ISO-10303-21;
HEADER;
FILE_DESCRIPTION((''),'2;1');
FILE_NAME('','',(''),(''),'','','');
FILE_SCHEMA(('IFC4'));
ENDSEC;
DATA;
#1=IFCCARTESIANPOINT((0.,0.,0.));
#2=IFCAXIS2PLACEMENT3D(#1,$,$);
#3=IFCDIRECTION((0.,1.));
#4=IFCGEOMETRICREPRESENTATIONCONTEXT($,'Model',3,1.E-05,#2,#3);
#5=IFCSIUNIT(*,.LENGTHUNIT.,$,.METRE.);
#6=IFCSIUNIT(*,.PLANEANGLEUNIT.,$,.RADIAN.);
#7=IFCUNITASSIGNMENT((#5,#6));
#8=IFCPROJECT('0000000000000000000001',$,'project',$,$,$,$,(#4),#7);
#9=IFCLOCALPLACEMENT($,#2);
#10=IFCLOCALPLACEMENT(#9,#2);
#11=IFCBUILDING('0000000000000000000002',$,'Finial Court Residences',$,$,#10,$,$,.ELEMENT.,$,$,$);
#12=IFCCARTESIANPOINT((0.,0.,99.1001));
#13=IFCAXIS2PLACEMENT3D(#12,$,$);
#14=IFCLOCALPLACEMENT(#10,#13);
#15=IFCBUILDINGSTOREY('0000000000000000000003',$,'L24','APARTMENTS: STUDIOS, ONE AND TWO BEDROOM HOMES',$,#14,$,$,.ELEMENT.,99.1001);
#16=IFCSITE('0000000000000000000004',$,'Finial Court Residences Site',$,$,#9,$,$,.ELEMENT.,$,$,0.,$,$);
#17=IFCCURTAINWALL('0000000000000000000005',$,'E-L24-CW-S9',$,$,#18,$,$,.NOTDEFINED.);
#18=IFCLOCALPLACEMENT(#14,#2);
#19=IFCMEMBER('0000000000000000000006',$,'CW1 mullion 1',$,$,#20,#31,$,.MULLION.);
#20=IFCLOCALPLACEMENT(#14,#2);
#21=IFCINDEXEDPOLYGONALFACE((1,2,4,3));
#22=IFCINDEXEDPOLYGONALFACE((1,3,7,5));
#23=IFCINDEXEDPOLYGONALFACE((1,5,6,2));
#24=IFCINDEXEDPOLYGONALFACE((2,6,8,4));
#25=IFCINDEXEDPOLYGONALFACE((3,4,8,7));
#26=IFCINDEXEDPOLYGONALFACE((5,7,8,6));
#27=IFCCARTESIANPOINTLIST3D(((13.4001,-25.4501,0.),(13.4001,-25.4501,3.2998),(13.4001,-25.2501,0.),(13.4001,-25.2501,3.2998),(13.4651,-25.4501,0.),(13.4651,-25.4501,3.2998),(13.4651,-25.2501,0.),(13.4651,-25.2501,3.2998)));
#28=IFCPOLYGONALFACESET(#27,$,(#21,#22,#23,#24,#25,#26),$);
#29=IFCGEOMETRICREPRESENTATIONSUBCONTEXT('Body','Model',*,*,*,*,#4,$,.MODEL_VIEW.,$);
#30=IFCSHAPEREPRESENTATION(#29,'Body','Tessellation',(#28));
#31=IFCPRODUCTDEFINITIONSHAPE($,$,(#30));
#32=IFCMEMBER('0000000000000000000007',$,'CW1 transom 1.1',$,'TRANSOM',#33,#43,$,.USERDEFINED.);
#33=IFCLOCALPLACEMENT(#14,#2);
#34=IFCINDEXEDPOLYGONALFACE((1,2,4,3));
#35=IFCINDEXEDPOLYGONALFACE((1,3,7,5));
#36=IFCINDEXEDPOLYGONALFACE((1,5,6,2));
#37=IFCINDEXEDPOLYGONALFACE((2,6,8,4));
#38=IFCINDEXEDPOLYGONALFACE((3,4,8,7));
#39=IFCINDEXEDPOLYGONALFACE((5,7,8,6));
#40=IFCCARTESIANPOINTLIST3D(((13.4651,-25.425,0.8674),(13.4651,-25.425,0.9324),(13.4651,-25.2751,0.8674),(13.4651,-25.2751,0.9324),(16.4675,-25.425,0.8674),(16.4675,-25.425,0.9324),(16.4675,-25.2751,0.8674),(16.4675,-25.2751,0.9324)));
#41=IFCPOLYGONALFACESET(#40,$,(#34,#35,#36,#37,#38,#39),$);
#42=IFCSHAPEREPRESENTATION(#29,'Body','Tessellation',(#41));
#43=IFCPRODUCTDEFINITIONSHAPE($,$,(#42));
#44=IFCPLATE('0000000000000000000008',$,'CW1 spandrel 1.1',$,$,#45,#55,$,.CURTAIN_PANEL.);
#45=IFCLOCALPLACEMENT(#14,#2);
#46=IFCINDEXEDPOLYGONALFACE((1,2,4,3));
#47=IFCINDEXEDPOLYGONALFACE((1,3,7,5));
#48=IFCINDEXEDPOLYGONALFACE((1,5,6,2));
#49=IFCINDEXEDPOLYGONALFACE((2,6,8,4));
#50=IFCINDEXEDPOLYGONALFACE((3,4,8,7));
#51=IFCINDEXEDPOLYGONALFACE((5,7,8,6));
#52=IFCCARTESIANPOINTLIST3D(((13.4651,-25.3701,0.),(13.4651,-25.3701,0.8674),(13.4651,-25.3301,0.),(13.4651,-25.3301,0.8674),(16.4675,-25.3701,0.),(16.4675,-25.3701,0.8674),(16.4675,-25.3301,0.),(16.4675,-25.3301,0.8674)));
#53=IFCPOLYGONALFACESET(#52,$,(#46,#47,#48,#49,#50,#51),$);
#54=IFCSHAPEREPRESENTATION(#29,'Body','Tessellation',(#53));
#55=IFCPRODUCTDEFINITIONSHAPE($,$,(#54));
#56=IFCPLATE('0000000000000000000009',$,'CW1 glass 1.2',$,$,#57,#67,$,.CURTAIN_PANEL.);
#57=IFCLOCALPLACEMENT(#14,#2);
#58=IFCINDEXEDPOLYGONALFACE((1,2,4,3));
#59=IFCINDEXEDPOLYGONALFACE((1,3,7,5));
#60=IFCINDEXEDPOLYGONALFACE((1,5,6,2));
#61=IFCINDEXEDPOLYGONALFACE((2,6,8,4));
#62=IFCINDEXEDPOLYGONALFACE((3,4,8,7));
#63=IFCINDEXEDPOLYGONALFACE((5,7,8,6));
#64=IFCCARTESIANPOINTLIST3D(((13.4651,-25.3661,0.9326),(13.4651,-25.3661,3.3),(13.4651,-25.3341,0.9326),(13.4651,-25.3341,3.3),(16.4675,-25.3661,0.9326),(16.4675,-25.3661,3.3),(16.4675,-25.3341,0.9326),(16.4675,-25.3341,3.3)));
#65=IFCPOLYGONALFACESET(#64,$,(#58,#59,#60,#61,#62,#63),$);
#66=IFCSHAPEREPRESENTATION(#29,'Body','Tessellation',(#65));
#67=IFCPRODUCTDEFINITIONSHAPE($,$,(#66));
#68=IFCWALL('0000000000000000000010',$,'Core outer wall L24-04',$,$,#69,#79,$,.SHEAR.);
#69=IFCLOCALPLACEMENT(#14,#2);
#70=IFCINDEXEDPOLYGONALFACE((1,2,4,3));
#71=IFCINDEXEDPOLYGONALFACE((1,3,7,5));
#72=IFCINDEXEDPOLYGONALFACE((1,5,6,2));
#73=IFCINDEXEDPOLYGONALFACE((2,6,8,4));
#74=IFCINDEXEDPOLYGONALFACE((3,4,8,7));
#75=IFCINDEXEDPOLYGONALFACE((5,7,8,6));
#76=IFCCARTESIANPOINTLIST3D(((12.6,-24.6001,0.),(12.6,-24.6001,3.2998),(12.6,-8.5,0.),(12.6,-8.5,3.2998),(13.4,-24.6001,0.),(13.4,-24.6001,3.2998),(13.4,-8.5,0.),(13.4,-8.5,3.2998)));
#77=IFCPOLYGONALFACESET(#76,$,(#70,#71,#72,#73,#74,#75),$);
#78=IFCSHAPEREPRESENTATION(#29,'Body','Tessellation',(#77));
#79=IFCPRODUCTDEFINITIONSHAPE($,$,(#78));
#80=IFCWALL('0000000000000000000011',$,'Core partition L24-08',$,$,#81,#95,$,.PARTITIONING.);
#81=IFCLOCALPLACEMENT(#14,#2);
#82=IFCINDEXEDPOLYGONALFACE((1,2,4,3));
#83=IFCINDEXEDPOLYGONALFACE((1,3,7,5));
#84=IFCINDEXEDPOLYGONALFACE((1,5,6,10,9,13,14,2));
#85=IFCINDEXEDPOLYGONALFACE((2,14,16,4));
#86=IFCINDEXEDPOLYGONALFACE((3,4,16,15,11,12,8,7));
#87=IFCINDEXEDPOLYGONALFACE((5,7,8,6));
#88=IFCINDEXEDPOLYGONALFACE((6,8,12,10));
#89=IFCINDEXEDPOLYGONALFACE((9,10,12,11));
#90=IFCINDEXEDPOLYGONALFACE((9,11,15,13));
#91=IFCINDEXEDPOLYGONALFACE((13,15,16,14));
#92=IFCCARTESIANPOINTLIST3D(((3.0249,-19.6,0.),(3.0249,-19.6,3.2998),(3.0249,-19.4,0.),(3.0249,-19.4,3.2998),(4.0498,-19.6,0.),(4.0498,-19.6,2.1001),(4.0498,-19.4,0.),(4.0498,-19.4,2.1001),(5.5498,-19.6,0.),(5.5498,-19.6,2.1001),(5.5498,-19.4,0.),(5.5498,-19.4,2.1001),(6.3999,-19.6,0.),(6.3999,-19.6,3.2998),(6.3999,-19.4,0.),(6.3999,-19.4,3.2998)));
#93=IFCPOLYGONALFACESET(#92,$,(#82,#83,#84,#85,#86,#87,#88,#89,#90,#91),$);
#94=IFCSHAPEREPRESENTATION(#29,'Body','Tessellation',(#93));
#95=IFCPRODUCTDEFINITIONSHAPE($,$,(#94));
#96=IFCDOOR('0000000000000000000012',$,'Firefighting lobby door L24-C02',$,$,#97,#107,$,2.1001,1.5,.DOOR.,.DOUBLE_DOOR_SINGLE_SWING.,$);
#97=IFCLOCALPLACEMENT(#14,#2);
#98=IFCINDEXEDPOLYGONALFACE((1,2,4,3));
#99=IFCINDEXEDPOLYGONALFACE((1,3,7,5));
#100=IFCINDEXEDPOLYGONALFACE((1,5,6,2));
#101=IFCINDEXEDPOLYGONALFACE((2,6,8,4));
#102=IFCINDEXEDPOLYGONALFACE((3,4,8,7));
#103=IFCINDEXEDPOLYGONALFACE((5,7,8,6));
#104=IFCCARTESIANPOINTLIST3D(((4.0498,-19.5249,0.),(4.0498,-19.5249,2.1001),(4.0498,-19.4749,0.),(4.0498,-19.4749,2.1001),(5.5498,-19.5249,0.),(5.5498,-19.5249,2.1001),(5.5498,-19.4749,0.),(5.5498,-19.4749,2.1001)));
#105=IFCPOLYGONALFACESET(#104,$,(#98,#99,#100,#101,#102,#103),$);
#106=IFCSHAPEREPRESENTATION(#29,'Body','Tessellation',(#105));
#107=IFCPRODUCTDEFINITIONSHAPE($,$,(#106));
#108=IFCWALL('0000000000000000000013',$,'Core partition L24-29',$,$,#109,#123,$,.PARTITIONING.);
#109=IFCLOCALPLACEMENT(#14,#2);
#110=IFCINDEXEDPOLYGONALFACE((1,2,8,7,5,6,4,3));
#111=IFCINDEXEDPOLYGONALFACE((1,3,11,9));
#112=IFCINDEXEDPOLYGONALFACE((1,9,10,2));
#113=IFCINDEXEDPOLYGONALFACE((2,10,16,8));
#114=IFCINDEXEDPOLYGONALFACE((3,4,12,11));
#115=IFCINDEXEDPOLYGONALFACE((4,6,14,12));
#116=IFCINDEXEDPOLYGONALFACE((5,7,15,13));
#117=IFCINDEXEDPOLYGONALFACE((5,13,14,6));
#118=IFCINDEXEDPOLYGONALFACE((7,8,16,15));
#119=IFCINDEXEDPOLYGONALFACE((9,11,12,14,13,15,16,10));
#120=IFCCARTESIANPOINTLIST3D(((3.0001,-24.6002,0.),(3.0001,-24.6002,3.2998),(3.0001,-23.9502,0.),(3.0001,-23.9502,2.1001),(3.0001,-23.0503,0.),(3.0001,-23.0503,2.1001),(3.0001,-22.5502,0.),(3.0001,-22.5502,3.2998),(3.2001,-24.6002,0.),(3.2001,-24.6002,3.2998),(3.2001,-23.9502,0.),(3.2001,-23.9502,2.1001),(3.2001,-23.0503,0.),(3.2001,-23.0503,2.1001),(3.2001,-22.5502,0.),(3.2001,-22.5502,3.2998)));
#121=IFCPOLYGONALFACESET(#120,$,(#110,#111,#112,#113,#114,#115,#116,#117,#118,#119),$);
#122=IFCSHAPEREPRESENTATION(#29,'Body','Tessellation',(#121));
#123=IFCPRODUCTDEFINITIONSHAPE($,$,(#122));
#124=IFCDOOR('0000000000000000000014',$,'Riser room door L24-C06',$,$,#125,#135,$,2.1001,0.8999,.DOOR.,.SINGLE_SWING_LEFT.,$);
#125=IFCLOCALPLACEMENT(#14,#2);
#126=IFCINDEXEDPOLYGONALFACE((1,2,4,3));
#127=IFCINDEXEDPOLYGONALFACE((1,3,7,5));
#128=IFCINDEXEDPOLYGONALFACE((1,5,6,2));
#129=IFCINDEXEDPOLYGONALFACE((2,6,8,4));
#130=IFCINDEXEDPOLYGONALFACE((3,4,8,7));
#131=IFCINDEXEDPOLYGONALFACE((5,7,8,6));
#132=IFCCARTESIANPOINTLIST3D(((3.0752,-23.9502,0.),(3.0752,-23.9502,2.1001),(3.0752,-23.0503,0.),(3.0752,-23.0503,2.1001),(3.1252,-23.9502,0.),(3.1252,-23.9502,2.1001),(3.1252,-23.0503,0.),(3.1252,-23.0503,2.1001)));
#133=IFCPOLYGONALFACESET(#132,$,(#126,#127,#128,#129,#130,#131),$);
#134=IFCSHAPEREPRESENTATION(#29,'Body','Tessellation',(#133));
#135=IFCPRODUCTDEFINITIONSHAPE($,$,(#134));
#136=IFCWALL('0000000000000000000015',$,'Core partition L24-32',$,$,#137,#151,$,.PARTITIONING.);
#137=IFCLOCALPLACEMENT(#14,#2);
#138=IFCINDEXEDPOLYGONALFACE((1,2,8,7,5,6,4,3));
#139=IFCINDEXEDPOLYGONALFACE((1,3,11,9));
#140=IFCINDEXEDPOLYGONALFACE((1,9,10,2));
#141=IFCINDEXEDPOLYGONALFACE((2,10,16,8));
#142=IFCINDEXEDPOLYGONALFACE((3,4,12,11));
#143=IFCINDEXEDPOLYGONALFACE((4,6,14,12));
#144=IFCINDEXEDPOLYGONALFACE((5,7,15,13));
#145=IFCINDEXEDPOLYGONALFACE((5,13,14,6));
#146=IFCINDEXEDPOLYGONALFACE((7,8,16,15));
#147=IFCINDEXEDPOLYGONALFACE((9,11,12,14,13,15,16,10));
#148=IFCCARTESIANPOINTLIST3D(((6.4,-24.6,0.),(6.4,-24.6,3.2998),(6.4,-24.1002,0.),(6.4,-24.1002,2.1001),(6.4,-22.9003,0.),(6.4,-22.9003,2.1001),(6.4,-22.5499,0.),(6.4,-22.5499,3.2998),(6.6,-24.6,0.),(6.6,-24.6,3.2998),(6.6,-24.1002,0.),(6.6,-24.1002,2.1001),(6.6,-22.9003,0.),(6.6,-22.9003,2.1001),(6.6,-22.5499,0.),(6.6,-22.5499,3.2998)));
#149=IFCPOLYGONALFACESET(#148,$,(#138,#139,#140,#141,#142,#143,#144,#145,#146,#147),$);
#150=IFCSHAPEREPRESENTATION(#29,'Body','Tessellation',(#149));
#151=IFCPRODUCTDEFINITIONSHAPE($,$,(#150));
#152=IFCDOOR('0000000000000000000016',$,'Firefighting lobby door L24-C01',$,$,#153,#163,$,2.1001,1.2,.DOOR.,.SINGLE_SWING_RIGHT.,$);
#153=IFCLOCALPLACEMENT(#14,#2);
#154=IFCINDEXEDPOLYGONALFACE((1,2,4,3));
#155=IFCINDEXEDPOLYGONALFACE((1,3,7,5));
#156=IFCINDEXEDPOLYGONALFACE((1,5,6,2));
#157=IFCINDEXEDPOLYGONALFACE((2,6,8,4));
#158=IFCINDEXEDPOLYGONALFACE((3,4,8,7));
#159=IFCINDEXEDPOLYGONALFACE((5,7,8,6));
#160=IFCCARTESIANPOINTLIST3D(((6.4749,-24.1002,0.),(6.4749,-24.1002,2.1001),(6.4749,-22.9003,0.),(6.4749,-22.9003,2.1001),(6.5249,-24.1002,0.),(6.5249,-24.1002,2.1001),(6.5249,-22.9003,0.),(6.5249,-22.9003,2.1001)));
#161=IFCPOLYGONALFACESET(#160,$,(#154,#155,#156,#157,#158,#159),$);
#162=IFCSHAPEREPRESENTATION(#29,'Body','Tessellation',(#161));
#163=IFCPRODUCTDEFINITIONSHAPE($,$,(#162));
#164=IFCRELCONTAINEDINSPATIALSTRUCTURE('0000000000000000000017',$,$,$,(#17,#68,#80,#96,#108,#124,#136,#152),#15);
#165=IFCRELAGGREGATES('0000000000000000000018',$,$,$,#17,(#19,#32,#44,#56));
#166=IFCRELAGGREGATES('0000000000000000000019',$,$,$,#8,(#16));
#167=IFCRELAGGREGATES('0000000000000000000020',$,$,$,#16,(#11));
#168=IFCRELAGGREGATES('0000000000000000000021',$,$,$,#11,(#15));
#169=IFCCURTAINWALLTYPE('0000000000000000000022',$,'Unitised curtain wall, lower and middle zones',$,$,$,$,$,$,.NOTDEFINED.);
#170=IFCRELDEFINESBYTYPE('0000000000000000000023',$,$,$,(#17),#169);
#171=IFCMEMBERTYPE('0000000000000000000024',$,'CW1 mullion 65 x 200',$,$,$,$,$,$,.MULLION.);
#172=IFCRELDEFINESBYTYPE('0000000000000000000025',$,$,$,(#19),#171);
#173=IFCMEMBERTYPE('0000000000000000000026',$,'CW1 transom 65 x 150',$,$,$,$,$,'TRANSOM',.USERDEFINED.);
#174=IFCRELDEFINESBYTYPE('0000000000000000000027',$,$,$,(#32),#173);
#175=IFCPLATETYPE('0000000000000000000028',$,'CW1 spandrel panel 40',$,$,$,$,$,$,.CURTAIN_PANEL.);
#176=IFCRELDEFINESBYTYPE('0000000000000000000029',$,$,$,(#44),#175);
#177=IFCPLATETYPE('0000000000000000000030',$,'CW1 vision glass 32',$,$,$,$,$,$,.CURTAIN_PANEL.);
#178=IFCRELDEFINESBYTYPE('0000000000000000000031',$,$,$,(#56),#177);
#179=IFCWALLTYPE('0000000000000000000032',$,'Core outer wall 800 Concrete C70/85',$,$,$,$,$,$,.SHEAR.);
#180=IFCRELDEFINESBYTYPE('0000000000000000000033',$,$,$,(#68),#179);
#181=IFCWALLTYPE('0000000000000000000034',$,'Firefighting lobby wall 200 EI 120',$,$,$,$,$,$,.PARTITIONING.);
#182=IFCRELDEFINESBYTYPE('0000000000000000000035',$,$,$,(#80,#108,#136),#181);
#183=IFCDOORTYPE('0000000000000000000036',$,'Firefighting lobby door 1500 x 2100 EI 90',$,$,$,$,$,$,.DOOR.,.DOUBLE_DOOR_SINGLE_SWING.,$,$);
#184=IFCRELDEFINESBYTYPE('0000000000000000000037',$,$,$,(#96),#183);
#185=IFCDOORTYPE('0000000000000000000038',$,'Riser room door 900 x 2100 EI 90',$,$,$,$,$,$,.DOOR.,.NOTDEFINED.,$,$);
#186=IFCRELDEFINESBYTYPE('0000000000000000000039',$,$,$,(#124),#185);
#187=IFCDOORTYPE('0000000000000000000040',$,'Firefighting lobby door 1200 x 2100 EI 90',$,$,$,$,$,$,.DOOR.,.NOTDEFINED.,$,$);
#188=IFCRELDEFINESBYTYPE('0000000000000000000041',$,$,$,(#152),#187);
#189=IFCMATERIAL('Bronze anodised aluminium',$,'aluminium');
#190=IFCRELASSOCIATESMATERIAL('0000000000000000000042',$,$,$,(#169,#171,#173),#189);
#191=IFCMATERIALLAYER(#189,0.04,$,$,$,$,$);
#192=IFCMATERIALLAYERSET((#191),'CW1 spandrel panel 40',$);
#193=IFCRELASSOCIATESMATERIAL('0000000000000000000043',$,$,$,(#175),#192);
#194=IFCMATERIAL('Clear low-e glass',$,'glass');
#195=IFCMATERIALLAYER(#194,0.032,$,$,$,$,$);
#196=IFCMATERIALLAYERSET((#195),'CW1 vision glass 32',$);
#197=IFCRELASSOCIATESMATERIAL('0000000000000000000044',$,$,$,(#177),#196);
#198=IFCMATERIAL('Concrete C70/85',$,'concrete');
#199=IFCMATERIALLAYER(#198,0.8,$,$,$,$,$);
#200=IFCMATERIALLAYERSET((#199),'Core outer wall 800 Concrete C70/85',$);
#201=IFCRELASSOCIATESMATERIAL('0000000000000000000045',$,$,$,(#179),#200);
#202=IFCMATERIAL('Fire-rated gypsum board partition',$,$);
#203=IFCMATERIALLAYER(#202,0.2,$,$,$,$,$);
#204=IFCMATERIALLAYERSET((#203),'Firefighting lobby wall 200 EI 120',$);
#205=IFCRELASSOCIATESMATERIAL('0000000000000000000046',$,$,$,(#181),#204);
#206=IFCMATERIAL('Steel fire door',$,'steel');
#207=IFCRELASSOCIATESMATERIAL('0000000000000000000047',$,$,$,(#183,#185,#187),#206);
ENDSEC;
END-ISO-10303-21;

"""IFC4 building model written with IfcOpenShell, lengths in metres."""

from ifc_helpers import new_model, si_unit, direction, frame, frame_2d, origin, origin_2d, place, context, subcontext, project, spatial, rectangle, extrude, material, layer, layer_set, material_profile, profile_set, type_object, element, fill, aggregate, save


model = new_model("IFC4")

# Units and contexts
model_context = context("Model", 3, precision=1e-05, world=origin(), true_north=direction((0.0, 1.0)))
body_context = subcontext(model_context, "Body", "Model", "MODEL_VIEW")
ifc_project = project(units=[si_unit("LENGTHUNIT", "METRE"), si_unit("PLANEANGLEUNIT", "RADIAN")], contexts=[model_context])

# Site, building, storey
site_placement = place(None, origin())
site = spatial("IfcSite", under=ifc_project, at=site_placement, Name="Finial Court Residences Site", CompositionType="ELEMENT", RefElevation=0.0)
building_placement = place(site_placement, origin())
building = spatial("IfcBuilding", under=site, at=building_placement, Name="Finial Court Residences", CompositionType="ELEMENT")
storey_placement = place(building_placement, frame((0.0, 0.0, 99.1001)))
storey = spatial("IfcBuildingStorey", under=building, at=storey_placement, Name="L24", Description="APARTMENTS: STUDIOS, ONE AND TWO BEDROOM HOMES", CompositionType="ELEMENT", Elevation=99.1001)

# Curtain wall, members, plates
ifc_material_1 = material(Name="Bronze anodised aluminium", Category="aluminium")
curtain_wall_type = type_object("IfcCurtainWallType", Name="Unitised curtain wall, lower and middle zones", PredefinedType="NOTDEFINED", material=ifc_material_1)
curtain_wall_placement = place(storey_placement, origin())
curtain_wall = element("IfcCurtainWall", 1, at=curtain_wall_placement, inside=storey, type_object=curtain_wall_type, Name="E-L24-CW-S9", PredefinedType="NOTDEFINED")
ifc_material_profile_1 = material_profile(ifc_material_1, rectangle(XDim=0.2, YDim=0.0649, at=origin_2d()), Name="CW1 mullion 65 x 200")
ifc_profile_set_1 = profile_set([ifc_material_profile_1], Name="Bronze anodised aluminium")
member_type_1 = type_object("IfcMemberType", Name="CW1 mullion 65 x 200", PredefinedType="MULLION", material=ifc_profile_set_1)
member_1_placement = place(storey_placement, frame((13.4326, -25.3501, 0.0), z_axis=(0.0, 0.0, 1.0), x_axis=(0.0, 1.0, 0.0)))
member_1 = element("IfcMember", 2, at=member_1_placement, type_object=member_type_1, Name="CW1 mullion 1", PredefinedType="MULLION", context=body_context, shape_type="SweptSolid", body=[
    extrude(rectangle(XDim=0.2, YDim=0.0649, at=origin_2d()), origin(), (0.0, 0.0, 1.0), 3.2998),
])
ifc_material_profile_2 = material_profile(ifc_material_1, rectangle(XDim=0.1499, YDim=0.0649, at=origin_2d()), Name="CW1 transom 65 x 150")
ifc_profile_set_2 = profile_set([ifc_material_profile_2], Name="Bronze anodised aluminium")
member_type_2 = type_object("IfcMemberType", Name="CW1 transom 65 x 150", ElementType="TRANSOM", PredefinedType="USERDEFINED", material=ifc_profile_set_2)
member_2_placement = place(storey_placement, frame((13.4651, -25.3501, 0.8999), z_axis=(1.0, 0.0, 0.0), x_axis=(0.0, 1.0, 0.0)))
member_2 = element("IfcMember", 3, at=member_2_placement, type_object=member_type_2, Name="CW1 transom 1.1", ObjectType="TRANSOM", PredefinedType="USERDEFINED", context=body_context, shape_type="SweptSolid", body=[
    extrude(rectangle(XDim=0.1499, YDim=0.0649, at=origin_2d()), origin(), (0.0, 0.0, 1.0), 3.0024),
])
ifc_layer_1 = layer(ifc_material_1, 0.04)
ifc_layer_set_1 = layer_set([ifc_layer_1], Name="CW1 spandrel panel 40")
plate_type_1 = type_object("IfcPlateType", Name="CW1 spandrel panel 40", PredefinedType="CURTAIN_PANEL", material=ifc_layer_set_1)
plate_1_placement = place(storey_placement, frame((14.9663, -25.3501, 0.0), z_axis=(0.0, 0.0, 1.0), x_axis=(1.0, 0.0, 0.0)))
plate_1 = element("IfcPlate", 4, at=plate_1_placement, type_object=plate_type_1, Name="CW1 spandrel 1.1", PredefinedType="CURTAIN_PANEL", context=body_context, shape_type="SweptSolid", body=[
    extrude(rectangle(XDim=3.0024, YDim=0.04, at=origin_2d()), origin(), (0.0, 0.0, 1.0), 0.8674),
])
ifc_material_2 = material(Name="Clear low-e glass", Category="glass")
ifc_layer_2 = layer(ifc_material_2, 0.032)
ifc_layer_set_2 = layer_set([ifc_layer_2], Name="CW1 vision glass 32")
plate_type_2 = type_object("IfcPlateType", Name="CW1 vision glass 32", PredefinedType="CURTAIN_PANEL", material=ifc_layer_set_2)
plate_2_placement = place(storey_placement, frame((14.9663, -25.3501, 0.9326), z_axis=(0.0, 0.0, 1.0), x_axis=(1.0, 0.0, 0.0)))
plate_2 = element("IfcPlate", 5, at=plate_2_placement, type_object=plate_type_2, Name="CW1 glass 1.2", PredefinedType="CURTAIN_PANEL", context=body_context, shape_type="SweptSolid", body=[
    extrude(rectangle(XDim=3.0024, YDim=0.032, at=origin_2d()), origin(), (0.0, 0.0, 1.0), 2.3674),
])
aggregate(curtain_wall, [member_1, member_2, plate_1, plate_2])

# Wall
ifc_material_3 = material(Name="Concrete C70/85", Category="concrete")
ifc_layer_3 = layer(ifc_material_3, 0.8)
ifc_layer_set_3 = layer_set([ifc_layer_3], Name="Core outer wall 800 Concrete C70/85")
wall_type_1 = type_object("IfcWallType", Name="Core outer wall 800 Concrete C70/85", PredefinedType="SHEAR", material=ifc_layer_set_3)
wall_1_placement = place(storey_placement, frame((13.0, -24.6001, 0.0), z_axis=(0.0, 0.0, 1.0), x_axis=(0.0, 1.0, 0.0)))
element("IfcWall", 6, at=wall_1_placement, inside=storey, type_object=wall_type_1, Name="Core outer wall L24-04", PredefinedType="SHEAR", context=body_context, shape_type="SweptSolid", body=[
    extrude(rectangle(XDim=16.1001, YDim=0.8, at=frame_2d((8.05, 0.0))), origin(), (0.0, 0.0, 1.0), 3.2998),
])

# Walls, openings, doors
ifc_material_4 = material(Name="Fire-rated gypsum board partition")
ifc_layer_4 = layer(ifc_material_4, 0.2)
ifc_layer_set_4 = layer_set([ifc_layer_4], Name="Firefighting lobby wall 200 EI 120")
wall_type_2 = type_object("IfcWallType", Name="Firefighting lobby wall 200 EI 120", PredefinedType="PARTITIONING", material=ifc_layer_set_4)
wall_2_placement = place(storey_placement, frame((6.3999, -19.5, 0.0), z_axis=(0.0, 0.0, 1.0), x_axis=(-1.0, 0.0, 0.0)))
wall_2 = element("IfcWall", 7, at=wall_2_placement, inside=storey, type_object=wall_type_2, Name="Core partition L24-08", PredefinedType="PARTITIONING", context=body_context, shape_type="SweptSolid", body=[
    extrude(rectangle(XDim=3.375, YDim=0.2, at=frame_2d((1.6875, 0.0))), origin(), (0.0, 0.0, 1.0), 3.2998),
])
opening_1_placement = place(wall_2_placement, frame((0.8501, 0.0, 0.0)))
opening_1 = element("IfcOpeningElement", 8, at=opening_1_placement, cuts=wall_2, PredefinedType="OPENING", context=body_context, shape_type="SweptSolid", body=[
    extrude(rectangle(XDim=1.5, YDim=2.1001, at=frame_2d((0.75, 1.05))), frame((0.0, 0.1099, 0.0), z_axis=(0.0, -1.0, 0.0), x_axis=(1.0, 0.0, 0.0)), (0.0, 0.0, 1.0), 0.22),
])
ifc_material_5 = material(Name="Steel fire door", Category="steel")
door_type_1 = type_object("IfcDoorType", Name="Firefighting lobby door 1500 x 2100 EI 90", OperationType="DOUBLE_DOOR_SINGLE_SWING", PredefinedType="DOOR", material=ifc_material_5)
door_1_placement = place(opening_1_placement, origin())
door_1 = element("IfcDoor", 9, at=door_1_placement, inside=storey, type_object=door_type_1, Name="Firefighting lobby door L24-C02", OperationType="DOUBLE_DOOR_SINGLE_SWING", OverallHeight=2.1001, OverallWidth=1.5, PredefinedType="DOOR", context=body_context, shape_type="SweptSolid", body=[
    extrude(rectangle(XDim=1.5, YDim=2.1001, at=frame_2d((0.75, 1.05))), frame((0.0, 0.0249, 0.0), z_axis=(0.0, -1.0, 0.0), x_axis=(1.0, 0.0, 0.0)), (0.0, 0.0, 1.0), 0.05),
])
fill(opening_1, door_1)
wall_3_placement = place(storey_placement, frame((3.1001, -24.6001, 0.0), z_axis=(0.0, 0.0, 1.0), x_axis=(0.0, 1.0, 0.0)))
wall_3 = element("IfcWall", 10, at=wall_3_placement, inside=storey, type_object=wall_type_2, Name="Core partition L24-29", PredefinedType="PARTITIONING", context=body_context, shape_type="SweptSolid", body=[
    extrude(rectangle(XDim=2.05, YDim=0.2, at=frame_2d((1.0249, 0.0))), origin(), (0.0, 0.0, 1.0), 3.2998),
])
opening_2_placement = place(wall_3_placement, frame((0.6499, 0.0, 0.0)))
opening_2 = element("IfcOpeningElement", 11, at=opening_2_placement, cuts=wall_3, PredefinedType="OPENING", context=body_context, shape_type="SweptSolid", body=[
    extrude(rectangle(XDim=0.8999, YDim=2.1001, at=frame_2d((0.45, 1.05))), frame((0.0, 0.1099, 0.0), z_axis=(0.0, -1.0, 0.0), x_axis=(1.0, 0.0, 0.0)), (0.0, 0.0, 1.0), 0.22),
])
door_type_2 = type_object("IfcDoorType", Name="Riser room door 900 x 2100 EI 90", OperationType="NOTDEFINED", PredefinedType="DOOR", material=ifc_material_5)
door_2_placement = place(opening_2_placement, origin())
door_2 = element("IfcDoor", 12, at=door_2_placement, inside=storey, type_object=door_type_2, Name="Riser room door L24-C06", OperationType="SINGLE_SWING_LEFT", OverallHeight=2.1001, OverallWidth=0.8999, PredefinedType="DOOR", context=body_context, shape_type="SweptSolid", body=[
    extrude(rectangle(XDim=0.8999, YDim=2.1001, at=frame_2d((0.45, 1.05))), frame((0.0, 0.0249, 0.0), z_axis=(0.0, -1.0, 0.0), x_axis=(1.0, 0.0, 0.0)), (0.0, 0.0, 1.0), 0.05),
])
fill(opening_2, door_2)
wall_4_placement = place(storey_placement, frame((6.5, -22.55, 0.0), z_axis=(0.0, 0.0, 1.0), x_axis=(0.0, -1.0, 0.0)))
wall_4 = element("IfcWall", 13, at=wall_4_placement, inside=storey, type_object=wall_type_2, Name="Core partition L24-32", PredefinedType="PARTITIONING", context=body_context, shape_type="SweptSolid", body=[
    extrude(rectangle(XDim=2.05, YDim=0.2, at=frame_2d((1.0249, 0.0))), origin(), (0.0, 0.0, 1.0), 3.2998),
])
opening_3_placement = place(wall_4_placement, frame((0.3501, 0.0, 0.0)))
opening_3 = element("IfcOpeningElement", 14, at=opening_3_placement, cuts=wall_4, PredefinedType="OPENING", context=body_context, shape_type="SweptSolid", body=[
    extrude(rectangle(XDim=1.2, YDim=2.1001, at=frame_2d((0.6001, 1.05))), frame((0.0, 0.1099, 0.0), z_axis=(0.0, -1.0, 0.0), x_axis=(1.0, 0.0, 0.0)), (0.0, 0.0, 1.0), 0.22),
])
door_type_3 = type_object("IfcDoorType", Name="Firefighting lobby door 1200 x 2100 EI 90", OperationType="NOTDEFINED", PredefinedType="DOOR", material=ifc_material_5)
door_3_placement = place(opening_3_placement, origin())
door_3 = element("IfcDoor", 15, at=door_3_placement, inside=storey, type_object=door_type_3, Name="Firefighting lobby door L24-C01", OperationType="SINGLE_SWING_RIGHT", OverallHeight=2.1001, OverallWidth=1.2, PredefinedType="DOOR", context=body_context, shape_type="SweptSolid", body=[
    extrude(rectangle(XDim=1.2, YDim=2.1001, at=frame_2d((0.6001, 1.05))), frame((0.0, 0.0249, 0.0), z_axis=(0.0, -1.0, 0.0), x_axis=(1.0, 0.0, 0.0)), (0.0, 0.0, 1.0), 0.05),
])
fill(opening_3, door_3)

save(model, "model.ifc")
